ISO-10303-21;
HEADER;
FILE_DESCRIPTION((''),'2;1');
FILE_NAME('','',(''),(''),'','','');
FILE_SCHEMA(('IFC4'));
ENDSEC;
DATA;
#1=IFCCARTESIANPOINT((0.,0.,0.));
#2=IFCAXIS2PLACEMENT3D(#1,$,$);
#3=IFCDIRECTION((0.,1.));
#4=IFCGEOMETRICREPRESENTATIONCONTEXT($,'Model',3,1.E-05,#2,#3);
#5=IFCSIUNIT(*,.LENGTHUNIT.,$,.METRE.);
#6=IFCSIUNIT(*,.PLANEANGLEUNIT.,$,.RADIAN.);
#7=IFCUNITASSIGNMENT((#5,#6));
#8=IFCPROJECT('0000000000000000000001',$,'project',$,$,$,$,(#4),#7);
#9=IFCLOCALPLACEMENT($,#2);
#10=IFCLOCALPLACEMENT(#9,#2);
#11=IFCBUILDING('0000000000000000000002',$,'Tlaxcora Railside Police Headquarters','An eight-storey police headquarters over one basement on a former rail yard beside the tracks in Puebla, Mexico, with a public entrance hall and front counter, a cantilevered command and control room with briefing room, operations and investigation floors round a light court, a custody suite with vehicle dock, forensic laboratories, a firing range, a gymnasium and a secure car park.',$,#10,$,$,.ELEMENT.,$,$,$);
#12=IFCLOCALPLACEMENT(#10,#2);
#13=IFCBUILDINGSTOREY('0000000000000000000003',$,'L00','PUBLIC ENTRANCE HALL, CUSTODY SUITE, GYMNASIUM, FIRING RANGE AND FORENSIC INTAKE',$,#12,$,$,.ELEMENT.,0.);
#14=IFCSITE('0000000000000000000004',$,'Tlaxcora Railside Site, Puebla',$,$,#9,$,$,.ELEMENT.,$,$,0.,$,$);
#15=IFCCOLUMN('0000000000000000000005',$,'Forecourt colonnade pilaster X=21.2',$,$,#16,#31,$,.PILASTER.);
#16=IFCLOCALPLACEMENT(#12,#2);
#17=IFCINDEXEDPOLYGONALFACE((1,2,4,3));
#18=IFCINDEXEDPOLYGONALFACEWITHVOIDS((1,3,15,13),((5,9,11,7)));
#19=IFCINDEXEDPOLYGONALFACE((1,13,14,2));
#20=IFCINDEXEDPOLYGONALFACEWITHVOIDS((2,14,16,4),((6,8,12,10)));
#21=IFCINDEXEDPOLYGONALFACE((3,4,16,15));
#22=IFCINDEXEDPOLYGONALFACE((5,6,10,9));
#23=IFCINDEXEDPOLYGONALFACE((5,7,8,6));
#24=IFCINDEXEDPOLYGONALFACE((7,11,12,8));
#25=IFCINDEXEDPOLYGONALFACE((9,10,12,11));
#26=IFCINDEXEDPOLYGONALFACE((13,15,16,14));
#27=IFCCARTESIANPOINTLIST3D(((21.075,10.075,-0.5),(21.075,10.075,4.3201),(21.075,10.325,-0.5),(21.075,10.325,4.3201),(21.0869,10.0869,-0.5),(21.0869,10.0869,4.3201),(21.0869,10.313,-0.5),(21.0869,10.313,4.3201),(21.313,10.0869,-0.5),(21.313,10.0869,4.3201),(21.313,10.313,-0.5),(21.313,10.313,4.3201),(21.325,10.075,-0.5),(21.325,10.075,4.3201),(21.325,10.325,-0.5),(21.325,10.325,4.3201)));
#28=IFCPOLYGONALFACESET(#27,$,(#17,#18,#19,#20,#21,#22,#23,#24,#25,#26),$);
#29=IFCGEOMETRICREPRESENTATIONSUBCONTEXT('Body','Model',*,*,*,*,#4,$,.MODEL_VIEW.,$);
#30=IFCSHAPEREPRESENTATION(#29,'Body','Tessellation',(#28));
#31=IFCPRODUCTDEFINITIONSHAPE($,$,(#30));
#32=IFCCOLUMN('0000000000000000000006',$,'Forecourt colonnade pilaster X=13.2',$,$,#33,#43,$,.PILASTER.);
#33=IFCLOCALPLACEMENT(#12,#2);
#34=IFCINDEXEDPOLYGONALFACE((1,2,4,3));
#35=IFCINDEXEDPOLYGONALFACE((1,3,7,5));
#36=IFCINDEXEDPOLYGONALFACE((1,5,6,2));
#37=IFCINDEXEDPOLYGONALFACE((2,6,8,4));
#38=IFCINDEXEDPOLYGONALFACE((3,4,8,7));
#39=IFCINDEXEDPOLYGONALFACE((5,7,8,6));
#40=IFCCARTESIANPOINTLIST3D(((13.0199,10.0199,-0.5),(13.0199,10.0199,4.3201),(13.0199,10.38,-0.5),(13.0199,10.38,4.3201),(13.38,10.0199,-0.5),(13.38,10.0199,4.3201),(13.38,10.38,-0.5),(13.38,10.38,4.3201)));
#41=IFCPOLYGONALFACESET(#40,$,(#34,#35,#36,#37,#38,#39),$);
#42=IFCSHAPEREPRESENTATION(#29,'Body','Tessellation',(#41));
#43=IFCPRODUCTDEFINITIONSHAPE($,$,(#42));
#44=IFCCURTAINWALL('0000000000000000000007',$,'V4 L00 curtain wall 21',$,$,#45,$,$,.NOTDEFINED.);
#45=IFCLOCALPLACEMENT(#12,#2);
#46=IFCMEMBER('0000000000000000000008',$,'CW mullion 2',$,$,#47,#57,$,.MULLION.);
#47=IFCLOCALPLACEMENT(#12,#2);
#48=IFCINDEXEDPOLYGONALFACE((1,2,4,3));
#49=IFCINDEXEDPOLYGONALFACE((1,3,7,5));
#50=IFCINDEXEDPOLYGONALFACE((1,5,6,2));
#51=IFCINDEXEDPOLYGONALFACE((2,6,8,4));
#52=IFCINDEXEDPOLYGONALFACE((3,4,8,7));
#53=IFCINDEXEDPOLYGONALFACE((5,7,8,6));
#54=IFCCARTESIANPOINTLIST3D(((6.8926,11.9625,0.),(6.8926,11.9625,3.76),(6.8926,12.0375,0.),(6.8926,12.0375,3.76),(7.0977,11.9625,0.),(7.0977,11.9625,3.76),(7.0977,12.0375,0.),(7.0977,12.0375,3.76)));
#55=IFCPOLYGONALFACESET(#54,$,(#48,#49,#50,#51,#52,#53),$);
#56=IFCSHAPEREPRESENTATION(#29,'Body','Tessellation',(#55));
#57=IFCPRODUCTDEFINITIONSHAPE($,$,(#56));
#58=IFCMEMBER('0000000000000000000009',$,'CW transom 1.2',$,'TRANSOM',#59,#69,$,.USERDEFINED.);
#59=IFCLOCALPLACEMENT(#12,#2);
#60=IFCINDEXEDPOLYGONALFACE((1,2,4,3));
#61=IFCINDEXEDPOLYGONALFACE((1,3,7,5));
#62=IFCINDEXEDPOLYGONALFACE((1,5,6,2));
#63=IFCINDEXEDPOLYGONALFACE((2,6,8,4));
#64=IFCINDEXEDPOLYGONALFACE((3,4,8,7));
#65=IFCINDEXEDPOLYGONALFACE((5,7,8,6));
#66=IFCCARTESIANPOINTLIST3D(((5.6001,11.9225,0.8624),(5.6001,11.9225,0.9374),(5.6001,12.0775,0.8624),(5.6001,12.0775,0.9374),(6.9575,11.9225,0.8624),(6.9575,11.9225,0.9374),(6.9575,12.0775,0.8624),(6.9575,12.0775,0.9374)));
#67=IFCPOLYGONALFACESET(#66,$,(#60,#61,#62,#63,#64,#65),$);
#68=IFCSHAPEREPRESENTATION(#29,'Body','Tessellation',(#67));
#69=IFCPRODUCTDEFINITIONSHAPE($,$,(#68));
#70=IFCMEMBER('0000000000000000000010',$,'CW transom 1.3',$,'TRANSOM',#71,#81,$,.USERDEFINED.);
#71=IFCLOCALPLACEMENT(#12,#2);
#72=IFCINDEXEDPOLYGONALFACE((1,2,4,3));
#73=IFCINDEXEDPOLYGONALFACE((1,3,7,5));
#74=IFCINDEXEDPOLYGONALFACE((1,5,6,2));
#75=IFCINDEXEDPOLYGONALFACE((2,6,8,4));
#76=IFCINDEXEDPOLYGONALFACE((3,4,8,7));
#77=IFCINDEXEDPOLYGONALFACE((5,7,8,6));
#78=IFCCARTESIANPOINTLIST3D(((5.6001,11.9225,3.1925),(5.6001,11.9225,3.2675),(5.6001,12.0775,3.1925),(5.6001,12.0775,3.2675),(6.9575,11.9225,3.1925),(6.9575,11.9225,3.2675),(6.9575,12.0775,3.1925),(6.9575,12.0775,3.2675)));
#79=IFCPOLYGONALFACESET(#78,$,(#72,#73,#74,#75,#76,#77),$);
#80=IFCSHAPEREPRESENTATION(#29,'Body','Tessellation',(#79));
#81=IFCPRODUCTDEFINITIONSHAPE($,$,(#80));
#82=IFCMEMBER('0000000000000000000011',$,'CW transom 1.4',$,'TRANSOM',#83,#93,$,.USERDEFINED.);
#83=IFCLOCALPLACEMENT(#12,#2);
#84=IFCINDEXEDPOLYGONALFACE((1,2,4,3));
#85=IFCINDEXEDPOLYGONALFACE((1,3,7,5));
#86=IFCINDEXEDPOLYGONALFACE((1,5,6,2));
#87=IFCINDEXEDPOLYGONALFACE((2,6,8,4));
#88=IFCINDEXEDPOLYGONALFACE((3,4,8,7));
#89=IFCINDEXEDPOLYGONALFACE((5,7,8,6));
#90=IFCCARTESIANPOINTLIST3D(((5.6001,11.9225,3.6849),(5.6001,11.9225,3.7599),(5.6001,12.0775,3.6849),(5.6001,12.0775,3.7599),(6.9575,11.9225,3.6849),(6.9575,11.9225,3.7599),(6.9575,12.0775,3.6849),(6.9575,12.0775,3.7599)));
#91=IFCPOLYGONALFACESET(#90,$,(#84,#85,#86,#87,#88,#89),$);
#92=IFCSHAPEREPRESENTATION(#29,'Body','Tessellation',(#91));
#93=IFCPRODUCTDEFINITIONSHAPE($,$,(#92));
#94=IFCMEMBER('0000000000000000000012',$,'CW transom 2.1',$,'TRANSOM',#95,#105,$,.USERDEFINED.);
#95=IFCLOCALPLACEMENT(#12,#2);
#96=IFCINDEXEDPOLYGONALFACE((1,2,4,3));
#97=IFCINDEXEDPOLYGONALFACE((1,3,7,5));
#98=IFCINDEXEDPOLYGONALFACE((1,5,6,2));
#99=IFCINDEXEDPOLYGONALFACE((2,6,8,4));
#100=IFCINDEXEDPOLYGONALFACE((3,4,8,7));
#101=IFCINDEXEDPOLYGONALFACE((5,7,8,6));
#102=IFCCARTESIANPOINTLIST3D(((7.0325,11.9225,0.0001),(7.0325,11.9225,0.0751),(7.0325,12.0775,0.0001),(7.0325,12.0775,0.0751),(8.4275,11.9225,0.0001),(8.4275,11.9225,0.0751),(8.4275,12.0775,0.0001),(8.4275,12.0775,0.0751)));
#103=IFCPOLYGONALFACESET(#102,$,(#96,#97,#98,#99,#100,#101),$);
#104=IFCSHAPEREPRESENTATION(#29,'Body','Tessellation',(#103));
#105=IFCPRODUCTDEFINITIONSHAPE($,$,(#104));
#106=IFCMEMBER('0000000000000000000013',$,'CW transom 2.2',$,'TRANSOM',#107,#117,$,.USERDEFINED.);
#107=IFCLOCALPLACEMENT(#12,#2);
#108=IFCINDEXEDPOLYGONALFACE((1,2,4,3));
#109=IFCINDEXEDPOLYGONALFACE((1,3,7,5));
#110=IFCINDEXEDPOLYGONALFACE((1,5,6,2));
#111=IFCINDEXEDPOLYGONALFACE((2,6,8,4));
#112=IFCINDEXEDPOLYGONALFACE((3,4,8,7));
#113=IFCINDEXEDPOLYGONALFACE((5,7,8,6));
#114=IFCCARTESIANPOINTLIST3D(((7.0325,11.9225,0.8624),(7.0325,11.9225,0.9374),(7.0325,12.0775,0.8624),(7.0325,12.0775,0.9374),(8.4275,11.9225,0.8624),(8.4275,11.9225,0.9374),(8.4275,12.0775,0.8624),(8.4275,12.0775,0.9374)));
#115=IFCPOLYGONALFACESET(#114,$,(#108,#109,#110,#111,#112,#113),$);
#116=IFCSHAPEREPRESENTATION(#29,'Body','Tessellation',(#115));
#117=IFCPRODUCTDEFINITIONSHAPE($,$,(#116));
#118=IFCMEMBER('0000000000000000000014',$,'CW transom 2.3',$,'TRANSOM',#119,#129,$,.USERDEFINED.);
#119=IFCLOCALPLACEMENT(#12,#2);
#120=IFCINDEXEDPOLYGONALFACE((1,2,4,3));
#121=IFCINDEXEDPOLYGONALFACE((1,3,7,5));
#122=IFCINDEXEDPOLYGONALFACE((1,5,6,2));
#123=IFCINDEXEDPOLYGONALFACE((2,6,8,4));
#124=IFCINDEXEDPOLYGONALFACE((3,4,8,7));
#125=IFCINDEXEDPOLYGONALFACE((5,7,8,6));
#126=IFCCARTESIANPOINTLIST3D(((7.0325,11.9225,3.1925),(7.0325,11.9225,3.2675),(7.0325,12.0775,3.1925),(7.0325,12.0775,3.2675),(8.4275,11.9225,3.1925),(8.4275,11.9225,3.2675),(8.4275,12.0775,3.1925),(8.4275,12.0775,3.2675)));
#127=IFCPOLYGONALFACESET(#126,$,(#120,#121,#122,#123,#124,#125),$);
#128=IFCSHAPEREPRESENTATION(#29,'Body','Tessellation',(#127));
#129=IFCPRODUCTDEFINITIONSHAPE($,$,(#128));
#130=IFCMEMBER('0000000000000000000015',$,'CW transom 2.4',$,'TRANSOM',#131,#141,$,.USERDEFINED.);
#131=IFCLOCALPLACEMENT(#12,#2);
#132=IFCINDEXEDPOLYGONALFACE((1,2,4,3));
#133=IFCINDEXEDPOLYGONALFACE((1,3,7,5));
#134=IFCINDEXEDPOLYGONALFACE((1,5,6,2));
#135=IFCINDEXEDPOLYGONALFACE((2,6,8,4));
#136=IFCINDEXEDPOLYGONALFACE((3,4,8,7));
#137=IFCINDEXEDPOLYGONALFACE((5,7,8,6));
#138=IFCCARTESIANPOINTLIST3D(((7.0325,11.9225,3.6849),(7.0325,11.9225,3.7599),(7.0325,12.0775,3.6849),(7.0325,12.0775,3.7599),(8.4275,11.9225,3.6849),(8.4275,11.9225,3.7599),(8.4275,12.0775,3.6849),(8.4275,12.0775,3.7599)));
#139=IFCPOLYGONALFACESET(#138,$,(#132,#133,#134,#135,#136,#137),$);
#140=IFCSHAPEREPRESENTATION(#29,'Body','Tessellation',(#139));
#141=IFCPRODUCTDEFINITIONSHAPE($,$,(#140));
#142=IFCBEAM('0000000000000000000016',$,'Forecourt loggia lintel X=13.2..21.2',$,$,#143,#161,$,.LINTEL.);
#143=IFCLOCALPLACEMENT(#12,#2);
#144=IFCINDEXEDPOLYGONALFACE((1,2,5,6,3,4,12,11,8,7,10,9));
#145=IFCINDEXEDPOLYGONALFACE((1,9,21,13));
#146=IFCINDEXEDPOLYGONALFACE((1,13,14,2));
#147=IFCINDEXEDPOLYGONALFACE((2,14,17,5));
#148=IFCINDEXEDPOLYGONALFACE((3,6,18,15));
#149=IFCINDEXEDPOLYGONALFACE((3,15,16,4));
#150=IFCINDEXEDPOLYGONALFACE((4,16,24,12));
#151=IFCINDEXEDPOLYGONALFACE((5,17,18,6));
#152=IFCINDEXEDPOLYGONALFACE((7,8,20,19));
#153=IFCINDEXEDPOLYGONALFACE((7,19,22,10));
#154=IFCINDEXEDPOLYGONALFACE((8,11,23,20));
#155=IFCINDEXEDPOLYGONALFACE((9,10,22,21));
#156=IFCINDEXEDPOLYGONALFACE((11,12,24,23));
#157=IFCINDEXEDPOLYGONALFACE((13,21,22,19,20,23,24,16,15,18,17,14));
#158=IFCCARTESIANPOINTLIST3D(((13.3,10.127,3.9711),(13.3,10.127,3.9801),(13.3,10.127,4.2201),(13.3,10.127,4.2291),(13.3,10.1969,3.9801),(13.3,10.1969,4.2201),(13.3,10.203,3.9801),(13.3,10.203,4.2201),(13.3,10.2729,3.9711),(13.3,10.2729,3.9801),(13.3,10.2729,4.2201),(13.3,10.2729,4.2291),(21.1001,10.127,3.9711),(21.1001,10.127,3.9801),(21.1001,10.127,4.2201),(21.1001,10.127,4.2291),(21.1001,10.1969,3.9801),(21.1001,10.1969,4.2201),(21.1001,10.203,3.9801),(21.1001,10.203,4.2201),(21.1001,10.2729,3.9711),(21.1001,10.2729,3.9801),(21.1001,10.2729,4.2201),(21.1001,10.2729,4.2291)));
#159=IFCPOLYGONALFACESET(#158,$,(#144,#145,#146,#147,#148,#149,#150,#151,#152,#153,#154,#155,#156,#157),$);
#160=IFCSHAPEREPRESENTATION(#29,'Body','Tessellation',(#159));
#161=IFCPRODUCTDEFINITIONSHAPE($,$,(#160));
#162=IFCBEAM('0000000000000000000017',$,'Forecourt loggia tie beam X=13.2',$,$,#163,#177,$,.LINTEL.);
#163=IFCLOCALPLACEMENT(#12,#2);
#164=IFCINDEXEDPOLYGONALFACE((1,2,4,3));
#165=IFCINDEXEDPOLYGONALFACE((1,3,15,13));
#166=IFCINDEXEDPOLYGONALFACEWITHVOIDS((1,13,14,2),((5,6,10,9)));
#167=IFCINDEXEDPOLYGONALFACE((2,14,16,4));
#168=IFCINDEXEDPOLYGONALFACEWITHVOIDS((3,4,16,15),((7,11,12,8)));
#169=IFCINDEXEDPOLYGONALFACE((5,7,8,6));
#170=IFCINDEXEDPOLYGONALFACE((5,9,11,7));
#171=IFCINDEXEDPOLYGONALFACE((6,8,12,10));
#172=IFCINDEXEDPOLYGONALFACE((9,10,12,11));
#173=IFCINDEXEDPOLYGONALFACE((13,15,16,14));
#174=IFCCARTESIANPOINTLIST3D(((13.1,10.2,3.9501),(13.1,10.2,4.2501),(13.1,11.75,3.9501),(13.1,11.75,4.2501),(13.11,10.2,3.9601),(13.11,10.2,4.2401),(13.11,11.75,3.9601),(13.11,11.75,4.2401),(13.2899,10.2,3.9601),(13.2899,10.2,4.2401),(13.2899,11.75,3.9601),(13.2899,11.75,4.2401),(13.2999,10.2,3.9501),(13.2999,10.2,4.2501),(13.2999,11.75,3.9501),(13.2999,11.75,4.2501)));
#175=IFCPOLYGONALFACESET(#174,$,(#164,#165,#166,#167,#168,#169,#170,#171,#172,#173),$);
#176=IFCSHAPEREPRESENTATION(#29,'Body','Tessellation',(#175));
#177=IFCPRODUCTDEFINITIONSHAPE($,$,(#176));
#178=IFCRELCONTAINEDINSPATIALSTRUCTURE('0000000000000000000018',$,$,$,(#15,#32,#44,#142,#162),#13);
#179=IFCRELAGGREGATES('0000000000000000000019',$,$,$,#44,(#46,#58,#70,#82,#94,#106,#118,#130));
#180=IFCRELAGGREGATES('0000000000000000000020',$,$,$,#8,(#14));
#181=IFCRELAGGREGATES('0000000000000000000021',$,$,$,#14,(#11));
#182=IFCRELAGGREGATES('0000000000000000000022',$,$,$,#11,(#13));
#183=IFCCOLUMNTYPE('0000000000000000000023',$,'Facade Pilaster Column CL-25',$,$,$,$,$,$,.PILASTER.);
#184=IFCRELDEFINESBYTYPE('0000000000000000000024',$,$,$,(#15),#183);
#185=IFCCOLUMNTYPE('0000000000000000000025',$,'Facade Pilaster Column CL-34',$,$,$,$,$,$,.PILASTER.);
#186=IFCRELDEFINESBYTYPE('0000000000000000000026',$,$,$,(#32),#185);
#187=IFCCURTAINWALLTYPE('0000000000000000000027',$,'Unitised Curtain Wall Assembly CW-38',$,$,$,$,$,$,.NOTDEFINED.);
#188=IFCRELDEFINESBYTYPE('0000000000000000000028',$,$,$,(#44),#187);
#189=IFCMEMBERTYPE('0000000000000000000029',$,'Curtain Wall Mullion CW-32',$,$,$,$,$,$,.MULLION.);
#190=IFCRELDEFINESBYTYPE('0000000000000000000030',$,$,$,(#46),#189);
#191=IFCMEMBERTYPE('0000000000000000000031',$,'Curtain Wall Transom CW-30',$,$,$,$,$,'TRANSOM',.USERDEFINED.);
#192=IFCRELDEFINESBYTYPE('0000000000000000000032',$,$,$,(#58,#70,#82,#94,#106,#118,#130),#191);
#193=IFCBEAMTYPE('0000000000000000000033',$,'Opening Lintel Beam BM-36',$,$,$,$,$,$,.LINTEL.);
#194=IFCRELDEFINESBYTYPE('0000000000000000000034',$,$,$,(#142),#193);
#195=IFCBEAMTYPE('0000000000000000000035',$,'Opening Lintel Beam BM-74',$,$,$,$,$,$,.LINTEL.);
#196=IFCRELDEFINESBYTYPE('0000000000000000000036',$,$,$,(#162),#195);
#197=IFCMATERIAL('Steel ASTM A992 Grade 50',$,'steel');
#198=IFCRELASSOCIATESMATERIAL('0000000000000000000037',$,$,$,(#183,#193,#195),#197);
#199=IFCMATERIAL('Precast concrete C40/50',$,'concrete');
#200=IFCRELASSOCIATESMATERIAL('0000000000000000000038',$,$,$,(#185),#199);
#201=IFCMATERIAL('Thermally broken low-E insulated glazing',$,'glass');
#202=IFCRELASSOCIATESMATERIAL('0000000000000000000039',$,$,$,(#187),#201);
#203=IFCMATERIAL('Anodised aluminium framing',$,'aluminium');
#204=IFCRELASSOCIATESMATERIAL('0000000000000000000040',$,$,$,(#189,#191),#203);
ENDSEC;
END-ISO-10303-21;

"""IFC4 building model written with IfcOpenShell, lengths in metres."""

from ifc_helpers import new_model, si_unit, direction, frame, origin, origin_2d, place, context, subcontext, project, spatial, rectangle, hollow_rectangle, i_section, extrude, material, material_profile, profile_set, type_object, element, aggregate, save


model = new_model("IFC4")

# Units and contexts
model_context = context("Model", 3, precision=1e-05, world=origin(), true_north=direction((0.0, 1.0)))
body_context = subcontext(model_context, "Body", "Model", "MODEL_VIEW")
ifc_project = project(units=[si_unit("LENGTHUNIT", "METRE"), si_unit("PLANEANGLEUNIT", "RADIAN")], contexts=[model_context])

# Site, building, storey
site_placement = place(None, origin())
site = spatial("IfcSite", under=ifc_project, at=site_placement, Name="Tlaxcora Railside Site, Puebla", CompositionType="ELEMENT", RefElevation=0.0)
building_placement = place(site_placement, origin())
building = spatial("IfcBuilding", under=site, at=building_placement, Name="Tlaxcora Railside Police Headquarters", Description="An eight-storey police headquarters over one basement on a former rail yard beside the tracks in Puebla, Mexico, with a public entrance hall and front counter, a cantilevered command and control room with briefing room, operations and investigation floors round a light court, a custody suite with vehicle dock, forensic laboratories, a firing range, a gymnasium and a secure car park.", CompositionType="ELEMENT")
storey_placement = place(building_placement, origin())
storey = spatial("IfcBuildingStorey", under=building, at=storey_placement, Name="L00", Description="PUBLIC ENTRANCE HALL, CUSTODY SUITE, GYMNASIUM, FIRING RANGE AND FORENSIC INTAKE", CompositionType="ELEMENT", Elevation=0.0)

# Columns
ifc_material_1 = material(Name="Steel ASTM A992 Grade 50", Category="steel")
ifc_material_profile_1 = material_profile(ifc_material_1, hollow_rectangle(XDim=0.25, YDim=0.25, WallThickness=0.012, at=origin_2d()), Name="HSS250X250X12")
ifc_profile_set_1 = profile_set([ifc_material_profile_1], Name="Steel ASTM A992 Grade 50")
column_type_1 = type_object("IfcColumnType", Name="Facade Pilaster Column CL-25", PredefinedType="PILASTER", material=ifc_profile_set_1)
column_1_placement = place(storey_placement, frame((21.2, 10.2, -0.5), z_axis=(0.0, 0.0, 1.0), x_axis=(1.0, 0.0, 0.0)))
element("IfcColumn", 1, at=column_1_placement, inside=storey, type_object=column_type_1, Name="Forecourt colonnade pilaster X=21.2", PredefinedType="PILASTER", context=body_context, shape_type="SweptSolid", body=[
    extrude(hollow_rectangle(XDim=0.25, YDim=0.25, WallThickness=0.012, at=origin_2d()), origin(), (0.0, 0.0, 1.0), 4.8201),
])
ifc_material_2 = material(Name="Precast concrete C40/50", Category="concrete")
ifc_material_profile_2 = material_profile(ifc_material_2, rectangle(XDim=0.3601, YDim=0.3601, at=origin_2d()), Name="RC360X360")
ifc_profile_set_2 = profile_set([ifc_material_profile_2], Name="Precast concrete C40/50")
column_type_2 = type_object("IfcColumnType", Name="Facade Pilaster Column CL-34", PredefinedType="PILASTER", material=ifc_profile_set_2)
column_2_placement = place(storey_placement, frame((13.2, 10.2, -0.5), z_axis=(0.0, 0.0, 1.0), x_axis=(1.0, 0.0, 0.0)))
element("IfcColumn", 2, at=column_2_placement, inside=storey, type_object=column_type_2, Name="Forecourt colonnade pilaster X=13.2", PredefinedType="PILASTER", context=body_context, shape_type="SweptSolid", body=[
    extrude(rectangle(XDim=0.3601, YDim=0.3601, at=origin_2d()), origin(), (0.0, 0.0, 1.0), 4.8201),
])

# Curtain wall, members
ifc_material_3 = material(Name="Thermally broken low-E insulated glazing", Category="glass")
curtain_wall_type = type_object("IfcCurtainWallType", Name="Unitised Curtain Wall Assembly CW-38", PredefinedType="NOTDEFINED", material=ifc_material_3)
curtain_wall_placement = place(storey_placement, origin())
curtain_wall = element("IfcCurtainWall", 3, at=curtain_wall_placement, inside=storey, type_object=curtain_wall_type, Name="V4 L00 curtain wall 21", PredefinedType="NOTDEFINED")
ifc_material_4 = material(Name="Anodised aluminium framing", Category="aluminium")
ifc_material_profile_3 = material_profile(ifc_material_4, rectangle(XDim=0.075, YDim=0.2051, at=origin_2d()), Name="AL75X205")
ifc_profile_set_3 = profile_set([ifc_material_profile_3], Name="Anodised aluminium framing")
member_type_1 = type_object("IfcMemberType", Name="Curtain Wall Mullion CW-32", PredefinedType="MULLION", material=ifc_profile_set_3)
member_1_placement = place(storey_placement, frame((6.9951, 12.0, 0.0), z_axis=(0.0, 0.0, 1.0), x_axis=(0.0, 1.0, 0.0)))
member_1 = element("IfcMember", 4, at=member_1_placement, type_object=member_type_1, Name="CW mullion 2", PredefinedType="MULLION", context=body_context, shape_type="SweptSolid", body=[
    extrude(rectangle(XDim=0.075, YDim=0.2051, at=origin_2d()), origin(), (0.0, 0.0, 1.0), 3.76),
])
ifc_material_profile_4 = material_profile(ifc_material_4, rectangle(XDim=0.155, YDim=0.075, at=origin_2d()), Name="AL75X155")
ifc_profile_set_4 = profile_set([ifc_material_profile_4], Name="Anodised aluminium framing")
member_type_2 = type_object("IfcMemberType", Name="Curtain Wall Transom CW-30", ElementType="TRANSOM", PredefinedType="USERDEFINED", material=ifc_profile_set_4)
member_2_placement = place(storey_placement, frame((5.6001, 12.0, 0.8999), z_axis=(1.0, 0.0, 0.0), x_axis=(0.0, 1.0, 0.0)))
member_2 = element("IfcMember", 5, at=member_2_placement, type_object=member_type_2, Name="CW transom 1.2", ObjectType="TRANSOM", PredefinedType="USERDEFINED", context=body_context, shape_type="SweptSolid", body=[
    extrude(rectangle(XDim=0.155, YDim=0.075, at=origin_2d()), origin(), (0.0, 0.0, 1.0), 1.3574),
])
member_3_placement = place(storey_placement, frame((5.6001, 12.0, 3.23), z_axis=(1.0, 0.0, 0.0), x_axis=(0.0, 1.0, 0.0)))
member_3 = element("IfcMember", 6, at=member_3_placement, type_object=member_type_2, Name="CW transom 1.3", ObjectType="TRANSOM", PredefinedType="USERDEFINED", context=body_context, shape_type="SweptSolid", body=[
    extrude(rectangle(XDim=0.155, YDim=0.075, at=origin_2d()), origin(), (0.0, 0.0, 1.0), 1.3574),
])
member_4_placement = place(storey_placement, frame((5.6001, 12.0, 3.7224), z_axis=(1.0, 0.0, 0.0), x_axis=(0.0, 1.0, 0.0)))
member_4 = element("IfcMember", 7, at=member_4_placement, type_object=member_type_2, Name="CW transom 1.4", ObjectType="TRANSOM", PredefinedType="USERDEFINED", context=body_context, shape_type="SweptSolid", body=[
    extrude(rectangle(XDim=0.155, YDim=0.075, at=origin_2d()), origin(), (0.0, 0.0, 1.0), 1.3574),
])
member_5_placement = place(storey_placement, frame((7.0325, 12.0, 0.0376), z_axis=(1.0, 0.0, 0.0), x_axis=(0.0, 1.0, 0.0)))
member_5 = element("IfcMember", 8, at=member_5_placement, type_object=member_type_2, Name="CW transom 2.1", ObjectType="TRANSOM", PredefinedType="USERDEFINED", context=body_context, shape_type="SweptSolid", body=[
    extrude(rectangle(XDim=0.155, YDim=0.075, at=origin_2d()), origin(), (0.0, 0.0, 1.0), 1.395),
])
member_6_placement = place(storey_placement, frame((7.0325, 12.0, 0.8999), z_axis=(1.0, 0.0, 0.0), x_axis=(0.0, 1.0, 0.0)))
member_6 = element("IfcMember", 9, at=member_6_placement, type_object=member_type_2, Name="CW transom 2.2", ObjectType="TRANSOM", PredefinedType="USERDEFINED", context=body_context, shape_type="SweptSolid", body=[
    extrude(rectangle(XDim=0.155, YDim=0.075, at=origin_2d()), origin(), (0.0, 0.0, 1.0), 1.395),
])
member_7_placement = place(storey_placement, frame((7.0325, 12.0, 3.23), z_axis=(1.0, 0.0, 0.0), x_axis=(0.0, 1.0, 0.0)))
member_7 = element("IfcMember", 10, at=member_7_placement, type_object=member_type_2, Name="CW transom 2.3", ObjectType="TRANSOM", PredefinedType="USERDEFINED", context=body_context, shape_type="SweptSolid", body=[
    extrude(rectangle(XDim=0.155, YDim=0.075, at=origin_2d()), origin(), (0.0, 0.0, 1.0), 1.395),
])
member_8_placement = place(storey_placement, frame((7.0325, 12.0, 3.7224), z_axis=(1.0, 0.0, 0.0), x_axis=(0.0, 1.0, 0.0)))
member_8 = element("IfcMember", 11, at=member_8_placement, type_object=member_type_2, Name="CW transom 2.4", ObjectType="TRANSOM", PredefinedType="USERDEFINED", context=body_context, shape_type="SweptSolid", body=[
    extrude(rectangle(XDim=0.155, YDim=0.075, at=origin_2d()), origin(), (0.0, 0.0, 1.0), 1.395),
])

# Beams
ifc_material_profile_5 = material_profile(ifc_material_1, i_section(OverallWidth=0.146, OverallDepth=0.2581, WebThickness=0.0061, FlangeThickness=0.009, at=origin_2d()), Name="W10X22")
ifc_profile_set_5 = profile_set([ifc_material_profile_5], Name="Steel ASTM A992 Grade 50")
beam_type_1 = type_object("IfcBeamType", Name="Opening Lintel Beam BM-36", PredefinedType="LINTEL", material=ifc_profile_set_5)
beam_placement = place(storey_placement, frame((13.3, 10.2, 4.1001), z_axis=(1.0, 0.0, 0.0), x_axis=(0.0, 1.0, 0.0)))
element("IfcBeam", 12, at=beam_placement, inside=storey, type_object=beam_type_1, Name="Forecourt loggia lintel X=13.2..21.2", PredefinedType="LINTEL", context=body_context, shape_type="SweptSolid", body=[
    extrude(i_section(OverallWidth=0.146, OverallDepth=0.2581, WebThickness=0.0061, FlangeThickness=0.009, at=origin_2d()), origin(), (0.0, 0.0, 1.0), 7.8),
])
ifc_material_profile_6 = material_profile(ifc_material_1, hollow_rectangle(XDim=0.2, YDim=0.3, WallThickness=0.01, at=origin_2d()), Name="HSS300X200X10")
ifc_profile_set_6 = profile_set([ifc_material_profile_6], Name="Steel ASTM A992 Grade 50")
beam_type_2 = type_object("IfcBeamType", Name="Opening Lintel Beam BM-74", PredefinedType="LINTEL", material=ifc_profile_set_6)
for number, where, z_axis, x_axis, name in (
    (13, (13.2, 10.2, 4.1001), (0.0, 1.0, 0.0), (-1.0, 0.0, 0.0), "Forecourt loggia tie beam X=13.2"),
):
    element("IfcBeam", number, at=place(storey_placement, frame(where, z_axis=z_axis, x_axis=x_axis)), inside=storey, type_object=beam_type_2, Name=name, PredefinedType="LINTEL", context=body_context, shape_type="SweptSolid", body=[
        extrude(hollow_rectangle(XDim=0.2, YDim=0.3, WallThickness=0.01, at=origin_2d()), origin(), (0.0, 0.0, 1.0), 1.55),
    ])

aggregate(curtain_wall, [member_1, member_2, member_3, member_4, member_5, member_6, member_7, member_8])

save(model, "model.ifc")
